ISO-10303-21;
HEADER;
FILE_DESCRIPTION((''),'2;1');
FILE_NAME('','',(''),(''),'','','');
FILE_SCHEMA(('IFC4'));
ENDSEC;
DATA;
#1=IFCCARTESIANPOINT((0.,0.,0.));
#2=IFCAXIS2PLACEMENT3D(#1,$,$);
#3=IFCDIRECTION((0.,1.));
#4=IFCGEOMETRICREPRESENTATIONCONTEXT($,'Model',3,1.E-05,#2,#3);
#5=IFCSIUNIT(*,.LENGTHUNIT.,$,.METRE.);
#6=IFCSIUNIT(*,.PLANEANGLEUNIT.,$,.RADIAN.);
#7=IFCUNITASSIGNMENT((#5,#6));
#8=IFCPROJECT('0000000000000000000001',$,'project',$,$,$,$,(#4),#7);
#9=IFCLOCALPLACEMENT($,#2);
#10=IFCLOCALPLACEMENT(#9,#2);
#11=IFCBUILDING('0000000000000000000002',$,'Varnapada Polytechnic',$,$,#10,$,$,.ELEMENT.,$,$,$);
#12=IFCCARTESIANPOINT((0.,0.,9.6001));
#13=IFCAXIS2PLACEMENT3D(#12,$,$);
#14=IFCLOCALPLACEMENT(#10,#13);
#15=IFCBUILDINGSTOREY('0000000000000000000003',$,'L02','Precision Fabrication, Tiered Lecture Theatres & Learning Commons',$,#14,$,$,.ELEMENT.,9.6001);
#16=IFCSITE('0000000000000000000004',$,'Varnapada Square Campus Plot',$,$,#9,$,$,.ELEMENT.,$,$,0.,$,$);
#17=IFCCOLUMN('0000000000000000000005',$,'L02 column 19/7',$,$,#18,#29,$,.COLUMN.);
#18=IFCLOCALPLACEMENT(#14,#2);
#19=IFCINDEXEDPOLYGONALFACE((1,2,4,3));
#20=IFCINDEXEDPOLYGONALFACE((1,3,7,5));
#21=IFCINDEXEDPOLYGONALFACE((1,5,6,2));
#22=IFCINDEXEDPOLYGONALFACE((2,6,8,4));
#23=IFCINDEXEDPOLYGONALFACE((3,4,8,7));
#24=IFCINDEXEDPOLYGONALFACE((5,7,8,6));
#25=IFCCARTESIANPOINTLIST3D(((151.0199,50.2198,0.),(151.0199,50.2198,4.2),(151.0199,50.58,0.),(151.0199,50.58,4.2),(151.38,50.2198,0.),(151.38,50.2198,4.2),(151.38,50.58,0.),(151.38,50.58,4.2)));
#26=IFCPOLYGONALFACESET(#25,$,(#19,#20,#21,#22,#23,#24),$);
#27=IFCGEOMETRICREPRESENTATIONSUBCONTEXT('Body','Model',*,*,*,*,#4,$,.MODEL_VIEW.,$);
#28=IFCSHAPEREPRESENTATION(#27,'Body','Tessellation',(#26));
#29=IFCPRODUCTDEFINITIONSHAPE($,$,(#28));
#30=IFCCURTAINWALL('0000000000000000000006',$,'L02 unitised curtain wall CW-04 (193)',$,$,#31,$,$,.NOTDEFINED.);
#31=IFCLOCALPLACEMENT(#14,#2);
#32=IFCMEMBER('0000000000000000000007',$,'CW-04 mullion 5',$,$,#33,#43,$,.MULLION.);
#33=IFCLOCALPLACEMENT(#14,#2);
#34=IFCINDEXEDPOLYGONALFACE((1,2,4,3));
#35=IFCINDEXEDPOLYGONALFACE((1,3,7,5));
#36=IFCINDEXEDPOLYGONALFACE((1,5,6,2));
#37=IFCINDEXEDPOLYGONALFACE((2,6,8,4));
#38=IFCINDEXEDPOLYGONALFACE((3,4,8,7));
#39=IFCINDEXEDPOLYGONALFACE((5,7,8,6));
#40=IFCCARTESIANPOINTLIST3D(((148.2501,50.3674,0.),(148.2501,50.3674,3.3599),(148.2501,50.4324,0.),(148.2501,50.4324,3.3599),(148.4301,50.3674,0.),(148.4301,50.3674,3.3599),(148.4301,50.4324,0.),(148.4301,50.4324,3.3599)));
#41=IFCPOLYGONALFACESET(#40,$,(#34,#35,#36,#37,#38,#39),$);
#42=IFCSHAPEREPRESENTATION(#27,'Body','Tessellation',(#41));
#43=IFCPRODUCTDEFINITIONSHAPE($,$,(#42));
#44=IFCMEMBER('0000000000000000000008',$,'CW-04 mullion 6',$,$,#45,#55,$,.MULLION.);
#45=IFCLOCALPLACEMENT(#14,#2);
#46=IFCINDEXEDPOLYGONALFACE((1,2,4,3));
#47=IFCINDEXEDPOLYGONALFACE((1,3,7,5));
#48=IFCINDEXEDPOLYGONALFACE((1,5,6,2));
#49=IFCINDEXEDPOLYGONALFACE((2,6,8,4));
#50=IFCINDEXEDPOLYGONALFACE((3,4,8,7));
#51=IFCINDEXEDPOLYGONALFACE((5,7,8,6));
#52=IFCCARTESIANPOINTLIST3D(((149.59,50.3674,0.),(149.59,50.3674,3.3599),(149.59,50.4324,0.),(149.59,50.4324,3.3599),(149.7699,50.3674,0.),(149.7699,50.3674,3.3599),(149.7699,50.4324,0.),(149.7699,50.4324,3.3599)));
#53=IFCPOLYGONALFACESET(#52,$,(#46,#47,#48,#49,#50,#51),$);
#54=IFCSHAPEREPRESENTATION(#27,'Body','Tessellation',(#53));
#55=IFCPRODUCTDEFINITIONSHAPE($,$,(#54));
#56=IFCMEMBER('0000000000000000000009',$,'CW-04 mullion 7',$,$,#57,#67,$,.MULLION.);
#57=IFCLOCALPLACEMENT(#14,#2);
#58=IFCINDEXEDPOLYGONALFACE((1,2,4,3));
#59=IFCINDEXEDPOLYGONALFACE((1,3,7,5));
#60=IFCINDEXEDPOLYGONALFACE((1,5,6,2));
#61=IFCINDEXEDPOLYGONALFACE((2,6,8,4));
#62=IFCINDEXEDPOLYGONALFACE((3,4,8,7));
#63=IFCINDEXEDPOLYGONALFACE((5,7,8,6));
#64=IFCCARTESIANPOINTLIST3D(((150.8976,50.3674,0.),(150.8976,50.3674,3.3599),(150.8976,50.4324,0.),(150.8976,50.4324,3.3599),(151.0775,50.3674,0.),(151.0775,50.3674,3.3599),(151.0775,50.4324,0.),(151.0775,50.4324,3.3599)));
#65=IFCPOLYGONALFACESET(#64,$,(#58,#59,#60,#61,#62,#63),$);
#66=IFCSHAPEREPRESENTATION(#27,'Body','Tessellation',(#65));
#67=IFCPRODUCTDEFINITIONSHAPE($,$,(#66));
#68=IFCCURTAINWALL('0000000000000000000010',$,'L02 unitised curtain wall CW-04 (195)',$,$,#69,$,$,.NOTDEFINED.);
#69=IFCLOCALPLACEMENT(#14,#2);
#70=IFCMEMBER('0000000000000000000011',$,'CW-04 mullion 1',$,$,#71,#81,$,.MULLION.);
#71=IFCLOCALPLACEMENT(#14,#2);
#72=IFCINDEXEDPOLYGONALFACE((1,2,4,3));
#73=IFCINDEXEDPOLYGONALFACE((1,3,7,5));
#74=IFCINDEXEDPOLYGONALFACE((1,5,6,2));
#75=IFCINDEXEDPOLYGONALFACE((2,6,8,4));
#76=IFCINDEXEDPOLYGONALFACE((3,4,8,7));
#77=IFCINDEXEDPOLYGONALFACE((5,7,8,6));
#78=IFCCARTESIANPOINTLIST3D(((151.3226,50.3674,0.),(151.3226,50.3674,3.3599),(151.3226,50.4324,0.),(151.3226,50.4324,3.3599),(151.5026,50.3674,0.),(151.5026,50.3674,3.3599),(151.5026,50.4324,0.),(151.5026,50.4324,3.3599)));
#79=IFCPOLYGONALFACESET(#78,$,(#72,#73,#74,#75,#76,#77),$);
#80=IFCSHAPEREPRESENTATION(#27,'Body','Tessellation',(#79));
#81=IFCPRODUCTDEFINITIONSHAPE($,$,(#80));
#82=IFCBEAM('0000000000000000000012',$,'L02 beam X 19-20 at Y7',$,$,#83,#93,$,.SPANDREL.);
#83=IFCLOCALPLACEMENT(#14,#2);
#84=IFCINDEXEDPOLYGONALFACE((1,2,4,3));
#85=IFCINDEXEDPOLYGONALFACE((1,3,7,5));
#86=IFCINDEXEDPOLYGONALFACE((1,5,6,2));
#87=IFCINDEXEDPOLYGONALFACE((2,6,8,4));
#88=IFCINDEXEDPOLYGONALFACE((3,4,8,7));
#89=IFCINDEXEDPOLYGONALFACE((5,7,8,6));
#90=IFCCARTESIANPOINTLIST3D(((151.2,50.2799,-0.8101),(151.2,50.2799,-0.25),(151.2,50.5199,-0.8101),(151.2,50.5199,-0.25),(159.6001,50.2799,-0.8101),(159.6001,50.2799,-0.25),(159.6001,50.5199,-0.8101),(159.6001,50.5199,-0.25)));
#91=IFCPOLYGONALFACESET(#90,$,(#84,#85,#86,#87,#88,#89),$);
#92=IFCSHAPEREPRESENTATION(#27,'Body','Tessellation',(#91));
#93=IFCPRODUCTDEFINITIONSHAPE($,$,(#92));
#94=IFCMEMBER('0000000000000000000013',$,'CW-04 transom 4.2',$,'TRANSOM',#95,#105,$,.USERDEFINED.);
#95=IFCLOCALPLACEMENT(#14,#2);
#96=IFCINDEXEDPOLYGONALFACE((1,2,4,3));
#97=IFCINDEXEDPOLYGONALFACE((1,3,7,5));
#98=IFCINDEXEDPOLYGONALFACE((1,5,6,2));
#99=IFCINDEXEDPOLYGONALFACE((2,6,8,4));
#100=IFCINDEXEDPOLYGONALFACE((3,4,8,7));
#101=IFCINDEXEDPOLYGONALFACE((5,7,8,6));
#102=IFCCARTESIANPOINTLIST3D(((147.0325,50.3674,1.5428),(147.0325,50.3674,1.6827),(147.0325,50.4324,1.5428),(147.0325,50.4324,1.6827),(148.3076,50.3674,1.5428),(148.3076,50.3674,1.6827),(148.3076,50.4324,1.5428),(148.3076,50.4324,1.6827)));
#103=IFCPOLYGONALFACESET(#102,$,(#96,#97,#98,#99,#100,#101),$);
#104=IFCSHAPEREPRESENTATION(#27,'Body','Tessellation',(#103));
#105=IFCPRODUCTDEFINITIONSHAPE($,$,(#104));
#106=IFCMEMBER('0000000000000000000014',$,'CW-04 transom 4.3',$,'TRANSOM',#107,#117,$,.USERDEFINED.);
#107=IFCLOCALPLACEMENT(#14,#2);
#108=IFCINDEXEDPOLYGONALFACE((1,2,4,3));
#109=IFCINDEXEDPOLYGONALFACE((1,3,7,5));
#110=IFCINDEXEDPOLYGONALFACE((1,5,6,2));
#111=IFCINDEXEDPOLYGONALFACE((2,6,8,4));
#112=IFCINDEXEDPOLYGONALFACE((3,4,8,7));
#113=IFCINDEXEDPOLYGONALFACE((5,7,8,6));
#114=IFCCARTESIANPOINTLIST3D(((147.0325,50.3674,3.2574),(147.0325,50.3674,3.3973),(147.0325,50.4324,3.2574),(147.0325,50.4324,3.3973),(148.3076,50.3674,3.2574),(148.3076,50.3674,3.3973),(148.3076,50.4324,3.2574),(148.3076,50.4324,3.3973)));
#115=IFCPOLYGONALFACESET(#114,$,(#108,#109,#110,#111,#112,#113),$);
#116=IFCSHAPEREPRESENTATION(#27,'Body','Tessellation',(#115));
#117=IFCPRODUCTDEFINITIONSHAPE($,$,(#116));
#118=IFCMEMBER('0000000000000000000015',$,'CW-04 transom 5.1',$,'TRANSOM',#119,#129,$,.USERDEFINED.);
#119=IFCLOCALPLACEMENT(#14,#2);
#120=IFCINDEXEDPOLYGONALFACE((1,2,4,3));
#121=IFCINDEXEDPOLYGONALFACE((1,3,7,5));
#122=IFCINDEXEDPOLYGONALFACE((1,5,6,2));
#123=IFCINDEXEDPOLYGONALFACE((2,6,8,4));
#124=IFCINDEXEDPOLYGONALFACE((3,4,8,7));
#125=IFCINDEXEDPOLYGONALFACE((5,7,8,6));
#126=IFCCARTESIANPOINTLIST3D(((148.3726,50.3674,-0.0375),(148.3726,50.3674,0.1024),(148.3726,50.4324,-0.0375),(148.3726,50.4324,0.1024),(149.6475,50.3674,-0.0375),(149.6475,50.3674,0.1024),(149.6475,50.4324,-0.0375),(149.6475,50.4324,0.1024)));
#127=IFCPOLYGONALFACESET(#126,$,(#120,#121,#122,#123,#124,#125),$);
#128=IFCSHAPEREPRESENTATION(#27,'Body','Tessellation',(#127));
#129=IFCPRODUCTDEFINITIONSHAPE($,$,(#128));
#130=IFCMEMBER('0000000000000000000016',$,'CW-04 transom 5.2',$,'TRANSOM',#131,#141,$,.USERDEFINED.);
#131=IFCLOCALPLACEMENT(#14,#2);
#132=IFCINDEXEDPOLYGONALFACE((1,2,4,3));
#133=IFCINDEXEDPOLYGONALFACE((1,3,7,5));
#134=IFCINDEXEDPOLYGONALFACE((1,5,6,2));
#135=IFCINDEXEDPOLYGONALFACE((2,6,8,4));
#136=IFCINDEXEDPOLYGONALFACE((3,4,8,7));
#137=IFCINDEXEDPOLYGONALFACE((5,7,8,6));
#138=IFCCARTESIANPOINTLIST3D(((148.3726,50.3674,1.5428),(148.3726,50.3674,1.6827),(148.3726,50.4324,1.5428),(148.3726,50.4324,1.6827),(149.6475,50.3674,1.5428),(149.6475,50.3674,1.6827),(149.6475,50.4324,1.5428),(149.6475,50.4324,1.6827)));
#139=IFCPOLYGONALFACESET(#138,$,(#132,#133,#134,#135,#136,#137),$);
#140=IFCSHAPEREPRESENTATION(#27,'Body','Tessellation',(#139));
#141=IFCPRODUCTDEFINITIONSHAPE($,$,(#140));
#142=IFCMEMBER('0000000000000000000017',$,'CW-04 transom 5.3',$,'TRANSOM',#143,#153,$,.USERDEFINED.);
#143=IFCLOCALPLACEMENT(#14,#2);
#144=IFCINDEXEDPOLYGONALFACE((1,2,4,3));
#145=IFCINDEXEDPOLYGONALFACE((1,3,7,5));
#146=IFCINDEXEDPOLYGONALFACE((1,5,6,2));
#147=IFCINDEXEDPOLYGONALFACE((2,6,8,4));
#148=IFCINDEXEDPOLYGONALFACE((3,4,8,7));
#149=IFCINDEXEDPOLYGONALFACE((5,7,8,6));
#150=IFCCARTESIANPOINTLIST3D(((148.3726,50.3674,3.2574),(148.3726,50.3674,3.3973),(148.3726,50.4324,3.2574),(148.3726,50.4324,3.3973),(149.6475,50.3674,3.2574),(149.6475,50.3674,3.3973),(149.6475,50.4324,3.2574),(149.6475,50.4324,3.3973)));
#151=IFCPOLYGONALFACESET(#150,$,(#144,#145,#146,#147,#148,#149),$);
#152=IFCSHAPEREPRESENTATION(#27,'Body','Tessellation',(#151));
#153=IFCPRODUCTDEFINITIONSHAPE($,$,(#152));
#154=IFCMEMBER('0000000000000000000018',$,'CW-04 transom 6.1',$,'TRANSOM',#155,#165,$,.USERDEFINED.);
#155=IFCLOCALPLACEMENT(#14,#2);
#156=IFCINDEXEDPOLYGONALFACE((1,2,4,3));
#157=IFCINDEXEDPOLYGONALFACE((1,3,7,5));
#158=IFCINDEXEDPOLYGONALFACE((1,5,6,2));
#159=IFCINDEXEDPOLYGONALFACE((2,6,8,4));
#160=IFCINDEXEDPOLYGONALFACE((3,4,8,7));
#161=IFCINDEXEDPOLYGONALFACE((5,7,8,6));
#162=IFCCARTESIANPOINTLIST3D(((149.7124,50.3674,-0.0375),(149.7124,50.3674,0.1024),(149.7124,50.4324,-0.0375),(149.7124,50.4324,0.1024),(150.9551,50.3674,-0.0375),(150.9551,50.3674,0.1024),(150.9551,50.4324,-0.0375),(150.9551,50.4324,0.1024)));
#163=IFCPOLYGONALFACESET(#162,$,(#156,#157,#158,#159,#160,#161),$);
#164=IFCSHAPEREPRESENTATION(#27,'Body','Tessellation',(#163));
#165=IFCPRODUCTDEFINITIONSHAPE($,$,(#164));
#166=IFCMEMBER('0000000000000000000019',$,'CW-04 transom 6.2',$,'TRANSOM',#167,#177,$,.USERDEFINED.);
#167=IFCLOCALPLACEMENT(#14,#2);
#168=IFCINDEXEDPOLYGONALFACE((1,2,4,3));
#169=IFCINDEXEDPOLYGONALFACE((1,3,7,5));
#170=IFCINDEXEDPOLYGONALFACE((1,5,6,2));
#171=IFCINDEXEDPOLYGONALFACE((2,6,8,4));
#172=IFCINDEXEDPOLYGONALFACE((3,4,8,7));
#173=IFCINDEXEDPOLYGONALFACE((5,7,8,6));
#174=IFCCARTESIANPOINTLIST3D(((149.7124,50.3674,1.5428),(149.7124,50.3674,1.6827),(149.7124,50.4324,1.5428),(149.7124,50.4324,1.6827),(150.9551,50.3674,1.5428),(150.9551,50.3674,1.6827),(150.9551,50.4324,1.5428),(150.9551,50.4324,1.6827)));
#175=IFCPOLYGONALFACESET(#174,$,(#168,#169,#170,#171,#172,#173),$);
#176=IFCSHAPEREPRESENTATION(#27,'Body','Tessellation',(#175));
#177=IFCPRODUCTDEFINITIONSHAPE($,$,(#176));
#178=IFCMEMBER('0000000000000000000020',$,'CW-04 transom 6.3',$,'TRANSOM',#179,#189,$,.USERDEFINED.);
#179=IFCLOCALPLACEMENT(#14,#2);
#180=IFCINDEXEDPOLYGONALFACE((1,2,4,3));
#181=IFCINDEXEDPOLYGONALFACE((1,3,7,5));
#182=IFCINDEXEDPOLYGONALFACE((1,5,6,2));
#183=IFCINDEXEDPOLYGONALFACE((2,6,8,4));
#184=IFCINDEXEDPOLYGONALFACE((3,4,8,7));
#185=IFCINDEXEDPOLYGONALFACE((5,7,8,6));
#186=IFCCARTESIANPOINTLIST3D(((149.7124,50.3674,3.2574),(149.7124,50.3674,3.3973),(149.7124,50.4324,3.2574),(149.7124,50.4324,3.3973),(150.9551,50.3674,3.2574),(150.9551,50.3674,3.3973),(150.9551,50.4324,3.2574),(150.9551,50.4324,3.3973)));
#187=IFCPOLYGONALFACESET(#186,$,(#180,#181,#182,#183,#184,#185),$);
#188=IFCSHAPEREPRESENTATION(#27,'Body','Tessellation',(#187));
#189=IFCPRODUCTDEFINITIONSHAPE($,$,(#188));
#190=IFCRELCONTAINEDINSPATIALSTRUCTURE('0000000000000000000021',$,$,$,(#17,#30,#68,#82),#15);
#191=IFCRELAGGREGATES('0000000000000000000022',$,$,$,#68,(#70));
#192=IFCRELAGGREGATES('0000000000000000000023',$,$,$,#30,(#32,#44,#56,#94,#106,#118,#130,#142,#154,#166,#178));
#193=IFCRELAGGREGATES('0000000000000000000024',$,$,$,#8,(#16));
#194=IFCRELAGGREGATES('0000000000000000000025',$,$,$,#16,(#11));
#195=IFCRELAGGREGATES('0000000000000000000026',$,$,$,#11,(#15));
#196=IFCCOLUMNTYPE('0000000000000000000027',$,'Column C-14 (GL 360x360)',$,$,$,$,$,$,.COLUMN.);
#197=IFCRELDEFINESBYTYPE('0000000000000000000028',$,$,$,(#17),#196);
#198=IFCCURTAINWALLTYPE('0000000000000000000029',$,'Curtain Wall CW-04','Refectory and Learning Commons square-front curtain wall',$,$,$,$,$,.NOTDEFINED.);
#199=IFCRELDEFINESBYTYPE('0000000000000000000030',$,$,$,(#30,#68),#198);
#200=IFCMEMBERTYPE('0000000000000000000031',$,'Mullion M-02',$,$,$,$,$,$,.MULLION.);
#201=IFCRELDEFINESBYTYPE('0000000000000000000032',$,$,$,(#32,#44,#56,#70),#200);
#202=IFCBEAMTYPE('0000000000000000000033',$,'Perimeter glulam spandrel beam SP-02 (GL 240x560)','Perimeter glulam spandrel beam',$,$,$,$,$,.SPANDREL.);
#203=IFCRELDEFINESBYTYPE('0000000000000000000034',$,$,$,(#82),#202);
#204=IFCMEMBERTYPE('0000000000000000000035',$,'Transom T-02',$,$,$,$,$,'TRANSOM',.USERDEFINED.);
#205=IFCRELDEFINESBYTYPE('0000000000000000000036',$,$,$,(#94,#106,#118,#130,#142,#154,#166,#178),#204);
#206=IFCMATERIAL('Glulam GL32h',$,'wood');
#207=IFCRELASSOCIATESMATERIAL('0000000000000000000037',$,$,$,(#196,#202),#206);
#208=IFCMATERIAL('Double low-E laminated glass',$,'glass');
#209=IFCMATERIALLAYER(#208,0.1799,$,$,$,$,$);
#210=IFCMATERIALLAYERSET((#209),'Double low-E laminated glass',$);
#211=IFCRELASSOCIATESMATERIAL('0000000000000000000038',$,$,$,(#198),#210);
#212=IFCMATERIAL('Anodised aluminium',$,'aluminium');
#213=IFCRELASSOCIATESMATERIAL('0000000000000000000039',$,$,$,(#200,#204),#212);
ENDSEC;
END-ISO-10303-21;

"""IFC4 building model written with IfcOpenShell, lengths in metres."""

from ifc_helpers import new_model, si_unit, direction, frame, origin, origin_2d, place, context, subcontext, project, spatial, rectangle, extrude, material, layer, layer_set, material_profile, profile_set, type_object, element, aggregate, save


model = new_model("IFC4")

# Units and contexts
model_context = context("Model", 3, precision=1e-05, world=origin(), true_north=direction((0.0, 1.0)))
body_context = subcontext(model_context, "Body", "Model", "MODEL_VIEW")
ifc_project = project(units=[si_unit("LENGTHUNIT", "METRE"), si_unit("PLANEANGLEUNIT", "RADIAN")], contexts=[model_context])

# Site, building, storey
site_placement = place(None, origin())
site = spatial("IfcSite", under=ifc_project, at=site_placement, Name="Varnapada Square Campus Plot", CompositionType="ELEMENT", RefElevation=0.0)
building_placement = place(site_placement, origin())
building = spatial("IfcBuilding", under=site, at=building_placement, Name="Varnapada Polytechnic", CompositionType="ELEMENT")
storey_placement = place(building_placement, frame((0.0, 0.0, 9.6001)))
storey = spatial("IfcBuildingStorey", under=building, at=storey_placement, Name="L02", Description="Precision Fabrication, Tiered Lecture Theatres & Learning Commons", CompositionType="ELEMENT", Elevation=9.6001)

# Column
ifc_material_1 = material(Name="Glulam GL32h", Category="wood")
ifc_material_profile_1 = material_profile(ifc_material_1, rectangle(XDim=0.3601, YDim=0.3601, at=origin_2d()), Name="GL 360x360")
ifc_profile_set_1 = profile_set([ifc_material_profile_1], Name="Glulam GL32h")
column_type = type_object("IfcColumnType", Name="Column C-14 (GL 360x360)", PredefinedType="COLUMN", material=ifc_profile_set_1)
column_placement = place(storey_placement, frame((151.2, 50.3999, 0.0), z_axis=(0.0, 0.0, 1.0), x_axis=(1.0, 0.0, 0.0)))
element("IfcColumn", 1, at=column_placement, inside=storey, type_object=column_type, Name="L02 column 19/7", PredefinedType="COLUMN", context=body_context, shape_type="SweptSolid", body=[
    extrude(rectangle(XDim=0.3601, YDim=0.3601, at=origin_2d()), origin(), (0.0, 0.0, 1.0), 4.2),
])

# Curtain wall, members
ifc_material_2 = material(Name="Double low-E laminated glass", Category="glass")
ifc_layer_1 = layer(ifc_material_2, 0.1799)
ifc_layer_set_1 = layer_set([ifc_layer_1], Name="Double low-E laminated glass")
curtain_wall_type = type_object("IfcCurtainWallType", Name="Curtain Wall CW-04", Description="Refectory and Learning Commons square-front curtain wall", PredefinedType="NOTDEFINED", material=ifc_layer_set_1)
curtain_wall_1_placement = place(storey_placement, origin())
curtain_wall_1 = element("IfcCurtainWall", 2, at=curtain_wall_1_placement, inside=storey, type_object=curtain_wall_type, Name="L02 unitised curtain wall CW-04 (193)", PredefinedType="NOTDEFINED")
ifc_material_3 = material(Name="Anodised aluminium", Category="aluminium")
ifc_material_profile_2 = material_profile(ifc_material_3, rectangle(XDim=0.0649, YDim=0.1799, at=origin_2d()), Name="ALU M65x180")
ifc_profile_set_2 = profile_set([ifc_material_profile_2], Name="Anodised aluminium")
member_type_1 = type_object("IfcMemberType", Name="Mullion M-02", PredefinedType="MULLION", material=ifc_profile_set_2)
member_1_placement = place(storey_placement, frame((148.3401, 50.3999, 0.0), z_axis=(0.0, 0.0, 1.0), x_axis=(0.0, 1.0, 0.0)))
member_1 = element("IfcMember", 3, at=member_1_placement, type_object=member_type_1, Name="CW-04 mullion 5", PredefinedType="MULLION", context=body_context, shape_type="SweptSolid", body=[
    extrude(rectangle(XDim=0.0649, YDim=0.1799, at=origin_2d()), origin(), (0.0, 0.0, 1.0), 3.3599),
])
member_2_placement = place(storey_placement, frame((149.6799, 50.3999, 0.0), z_axis=(0.0, 0.0, 1.0), x_axis=(0.0, 1.0, 0.0)))
member_2 = element("IfcMember", 4, at=member_2_placement, type_object=member_type_1, Name="CW-04 mullion 6", PredefinedType="MULLION", context=body_context, shape_type="SweptSolid", body=[
    extrude(rectangle(XDim=0.0649, YDim=0.1799, at=origin_2d()), origin(), (0.0, 0.0, 1.0), 3.3599),
])
member_3_placement = place(storey_placement, frame((150.9875, 50.3999, 0.0), z_axis=(0.0, 0.0, 1.0), x_axis=(0.0, 1.0, 0.0)))
member_3 = element("IfcMember", 5, at=member_3_placement, type_object=member_type_1, Name="CW-04 mullion 7", PredefinedType="MULLION", context=body_context, shape_type="SweptSolid", body=[
    extrude(rectangle(XDim=0.0649, YDim=0.1799, at=origin_2d()), origin(), (0.0, 0.0, 1.0), 3.3599),
])

# Curtain wall, member
curtain_wall_2_placement = place(storey_placement, origin())
curtain_wall_2 = element("IfcCurtainWall", 6, at=curtain_wall_2_placement, inside=storey, type_object=curtain_wall_type, Name="L02 unitised curtain wall CW-04 (195)", PredefinedType="NOTDEFINED")
member_4_placement = place(storey_placement, frame((151.4126, 50.3999, 0.0), z_axis=(0.0, 0.0, 1.0), x_axis=(0.0, 1.0, 0.0)))
member_4 = element("IfcMember", 7, at=member_4_placement, type_object=member_type_1, Name="CW-04 mullion 1", PredefinedType="MULLION", context=body_context, shape_type="SweptSolid", body=[
    extrude(rectangle(XDim=0.0649, YDim=0.1799, at=origin_2d()), origin(), (0.0, 0.0, 1.0), 3.3599),
])

# Beam
ifc_material_profile_3 = material_profile(ifc_material_1, rectangle(XDim=0.24, YDim=0.5601, at=origin_2d()), Name="GL 240x560")
ifc_profile_set_3 = profile_set([ifc_material_profile_3], Name="Glulam GL32h")
beam_type = type_object("IfcBeamType", Name="Perimeter glulam spandrel beam SP-02 (GL 240x560)", Description="Perimeter glulam spandrel beam", PredefinedType="SPANDREL", material=ifc_profile_set_3)
beam_placement = place(storey_placement, frame((151.2, 50.3999, -0.53), z_axis=(1.0, 0.0, 0.0), x_axis=(0.0, 1.0, 0.0)))
element("IfcBeam", 8, at=beam_placement, inside=storey, type_object=beam_type, Name="L02 beam X 19-20 at Y7", PredefinedType="SPANDREL", context=body_context, shape_type="SweptSolid", body=[
    extrude(rectangle(XDim=0.24, YDim=0.5601, at=origin_2d()), origin(), (0.0, 0.0, 1.0), 8.4001),
])

# Members
ifc_material_profile_4 = material_profile(ifc_material_3, rectangle(XDim=0.0649, YDim=0.1399, at=origin_2d()), Name="ALU T65x140")
ifc_profile_set_4 = profile_set([ifc_material_profile_4], Name="Anodised aluminium")
member_type_2 = type_object("IfcMemberType", Name="Transom T-02", ElementType="TRANSOM", PredefinedType="USERDEFINED", material=ifc_profile_set_4)
member_5_placement = place(storey_placement, frame((147.0325, 50.3999, 1.6128), z_axis=(1.0, 0.0, 0.0), x_axis=(0.0, 1.0, 0.0)))
member_5 = element("IfcMember", 9, at=member_5_placement, type_object=member_type_2, Name="CW-04 transom 4.2", ObjectType="TRANSOM", PredefinedType="USERDEFINED", context=body_context, shape_type="SweptSolid", body=[
    extrude(rectangle(XDim=0.0649, YDim=0.1399, at=origin_2d()), origin(), (0.0, 0.0, 1.0), 1.2751),
])
member_6_placement = place(storey_placement, frame((147.0325, 50.3999, 3.3274), z_axis=(1.0, 0.0, 0.0), x_axis=(0.0, 1.0, 0.0)))
member_6 = element("IfcMember", 10, at=member_6_placement, type_object=member_type_2, Name="CW-04 transom 4.3", ObjectType="TRANSOM", PredefinedType="USERDEFINED", context=body_context, shape_type="SweptSolid", body=[
    extrude(rectangle(XDim=0.0649, YDim=0.1399, at=origin_2d()), origin(), (0.0, 0.0, 1.0), 1.2751),
])
member_7_placement = place(storey_placement, frame((148.3726, 50.3999, 0.0325), z_axis=(1.0, 0.0, 0.0), x_axis=(0.0, 1.0, 0.0)))
member_7 = element("IfcMember", 11, at=member_7_placement, type_object=member_type_2, Name="CW-04 transom 5.1", ObjectType="TRANSOM", PredefinedType="USERDEFINED", context=body_context, shape_type="SweptSolid", body=[
    extrude(rectangle(XDim=0.0649, YDim=0.1399, at=origin_2d()), origin(), (0.0, 0.0, 1.0), 1.2749),
])
member_8_placement = place(storey_placement, frame((148.3726, 50.3999, 1.6128), z_axis=(1.0, 0.0, 0.0), x_axis=(0.0, 1.0, 0.0)))
member_8 = element("IfcMember", 12, at=member_8_placement, type_object=member_type_2, Name="CW-04 transom 5.2", ObjectType="TRANSOM", PredefinedType="USERDEFINED", context=body_context, shape_type="SweptSolid", body=[
    extrude(rectangle(XDim=0.0649, YDim=0.1399, at=origin_2d()), origin(), (0.0, 0.0, 1.0), 1.2749),
])
member_9_placement = place(storey_placement, frame((148.3726, 50.3999, 3.3274), z_axis=(1.0, 0.0, 0.0), x_axis=(0.0, 1.0, 0.0)))
member_9 = element("IfcMember", 13, at=member_9_placement, type_object=member_type_2, Name="CW-04 transom 5.3", ObjectType="TRANSOM", PredefinedType="USERDEFINED", context=body_context, shape_type="SweptSolid", body=[
    extrude(rectangle(XDim=0.0649, YDim=0.1399, at=origin_2d()), origin(), (0.0, 0.0, 1.0), 1.2749),
])
member_10_placement = place(storey_placement, frame((149.7124, 50.3999, 0.0325), z_axis=(1.0, 0.0, 0.0), x_axis=(0.0, 1.0, 0.0)))
member_10 = element("IfcMember", 14, at=member_10_placement, type_object=member_type_2, Name="CW-04 transom 6.1", ObjectType="TRANSOM", PredefinedType="USERDEFINED", context=body_context, shape_type="SweptSolid", body=[
    extrude(rectangle(XDim=0.0649, YDim=0.1399, at=origin_2d()), origin(), (0.0, 0.0, 1.0), 1.2427),
])
member_11_placement = place(storey_placement, frame((149.7124, 50.3999, 1.6128), z_axis=(1.0, 0.0, 0.0), x_axis=(0.0, 1.0, 0.0)))
member_11 = element("IfcMember", 15, at=member_11_placement, type_object=member_type_2, Name="CW-04 transom 6.2", ObjectType="TRANSOM", PredefinedType="USERDEFINED", context=body_context, shape_type="SweptSolid", body=[
    extrude(rectangle(XDim=0.0649, YDim=0.1399, at=origin_2d()), origin(), (0.0, 0.0, 1.0), 1.2427),
])
member_12_placement = place(storey_placement, frame((149.7124, 50.3999, 3.3274), z_axis=(1.0, 0.0, 0.0), x_axis=(0.0, 1.0, 0.0)))
member_12 = element("IfcMember", 16, at=member_12_placement, type_object=member_type_2, Name="CW-04 transom 6.3", ObjectType="TRANSOM", PredefinedType="USERDEFINED", context=body_context, shape_type="SweptSolid", body=[
    extrude(rectangle(XDim=0.0649, YDim=0.1399, at=origin_2d()), origin(), (0.0, 0.0, 1.0), 1.2427),
])
aggregate(curtain_wall_2, [member_4])

aggregate(curtain_wall_1, [member_1, member_2, member_3, member_5, member_6, member_7, member_8, member_9, member_10, member_11, member_12])

save(model, "model.ifc")
